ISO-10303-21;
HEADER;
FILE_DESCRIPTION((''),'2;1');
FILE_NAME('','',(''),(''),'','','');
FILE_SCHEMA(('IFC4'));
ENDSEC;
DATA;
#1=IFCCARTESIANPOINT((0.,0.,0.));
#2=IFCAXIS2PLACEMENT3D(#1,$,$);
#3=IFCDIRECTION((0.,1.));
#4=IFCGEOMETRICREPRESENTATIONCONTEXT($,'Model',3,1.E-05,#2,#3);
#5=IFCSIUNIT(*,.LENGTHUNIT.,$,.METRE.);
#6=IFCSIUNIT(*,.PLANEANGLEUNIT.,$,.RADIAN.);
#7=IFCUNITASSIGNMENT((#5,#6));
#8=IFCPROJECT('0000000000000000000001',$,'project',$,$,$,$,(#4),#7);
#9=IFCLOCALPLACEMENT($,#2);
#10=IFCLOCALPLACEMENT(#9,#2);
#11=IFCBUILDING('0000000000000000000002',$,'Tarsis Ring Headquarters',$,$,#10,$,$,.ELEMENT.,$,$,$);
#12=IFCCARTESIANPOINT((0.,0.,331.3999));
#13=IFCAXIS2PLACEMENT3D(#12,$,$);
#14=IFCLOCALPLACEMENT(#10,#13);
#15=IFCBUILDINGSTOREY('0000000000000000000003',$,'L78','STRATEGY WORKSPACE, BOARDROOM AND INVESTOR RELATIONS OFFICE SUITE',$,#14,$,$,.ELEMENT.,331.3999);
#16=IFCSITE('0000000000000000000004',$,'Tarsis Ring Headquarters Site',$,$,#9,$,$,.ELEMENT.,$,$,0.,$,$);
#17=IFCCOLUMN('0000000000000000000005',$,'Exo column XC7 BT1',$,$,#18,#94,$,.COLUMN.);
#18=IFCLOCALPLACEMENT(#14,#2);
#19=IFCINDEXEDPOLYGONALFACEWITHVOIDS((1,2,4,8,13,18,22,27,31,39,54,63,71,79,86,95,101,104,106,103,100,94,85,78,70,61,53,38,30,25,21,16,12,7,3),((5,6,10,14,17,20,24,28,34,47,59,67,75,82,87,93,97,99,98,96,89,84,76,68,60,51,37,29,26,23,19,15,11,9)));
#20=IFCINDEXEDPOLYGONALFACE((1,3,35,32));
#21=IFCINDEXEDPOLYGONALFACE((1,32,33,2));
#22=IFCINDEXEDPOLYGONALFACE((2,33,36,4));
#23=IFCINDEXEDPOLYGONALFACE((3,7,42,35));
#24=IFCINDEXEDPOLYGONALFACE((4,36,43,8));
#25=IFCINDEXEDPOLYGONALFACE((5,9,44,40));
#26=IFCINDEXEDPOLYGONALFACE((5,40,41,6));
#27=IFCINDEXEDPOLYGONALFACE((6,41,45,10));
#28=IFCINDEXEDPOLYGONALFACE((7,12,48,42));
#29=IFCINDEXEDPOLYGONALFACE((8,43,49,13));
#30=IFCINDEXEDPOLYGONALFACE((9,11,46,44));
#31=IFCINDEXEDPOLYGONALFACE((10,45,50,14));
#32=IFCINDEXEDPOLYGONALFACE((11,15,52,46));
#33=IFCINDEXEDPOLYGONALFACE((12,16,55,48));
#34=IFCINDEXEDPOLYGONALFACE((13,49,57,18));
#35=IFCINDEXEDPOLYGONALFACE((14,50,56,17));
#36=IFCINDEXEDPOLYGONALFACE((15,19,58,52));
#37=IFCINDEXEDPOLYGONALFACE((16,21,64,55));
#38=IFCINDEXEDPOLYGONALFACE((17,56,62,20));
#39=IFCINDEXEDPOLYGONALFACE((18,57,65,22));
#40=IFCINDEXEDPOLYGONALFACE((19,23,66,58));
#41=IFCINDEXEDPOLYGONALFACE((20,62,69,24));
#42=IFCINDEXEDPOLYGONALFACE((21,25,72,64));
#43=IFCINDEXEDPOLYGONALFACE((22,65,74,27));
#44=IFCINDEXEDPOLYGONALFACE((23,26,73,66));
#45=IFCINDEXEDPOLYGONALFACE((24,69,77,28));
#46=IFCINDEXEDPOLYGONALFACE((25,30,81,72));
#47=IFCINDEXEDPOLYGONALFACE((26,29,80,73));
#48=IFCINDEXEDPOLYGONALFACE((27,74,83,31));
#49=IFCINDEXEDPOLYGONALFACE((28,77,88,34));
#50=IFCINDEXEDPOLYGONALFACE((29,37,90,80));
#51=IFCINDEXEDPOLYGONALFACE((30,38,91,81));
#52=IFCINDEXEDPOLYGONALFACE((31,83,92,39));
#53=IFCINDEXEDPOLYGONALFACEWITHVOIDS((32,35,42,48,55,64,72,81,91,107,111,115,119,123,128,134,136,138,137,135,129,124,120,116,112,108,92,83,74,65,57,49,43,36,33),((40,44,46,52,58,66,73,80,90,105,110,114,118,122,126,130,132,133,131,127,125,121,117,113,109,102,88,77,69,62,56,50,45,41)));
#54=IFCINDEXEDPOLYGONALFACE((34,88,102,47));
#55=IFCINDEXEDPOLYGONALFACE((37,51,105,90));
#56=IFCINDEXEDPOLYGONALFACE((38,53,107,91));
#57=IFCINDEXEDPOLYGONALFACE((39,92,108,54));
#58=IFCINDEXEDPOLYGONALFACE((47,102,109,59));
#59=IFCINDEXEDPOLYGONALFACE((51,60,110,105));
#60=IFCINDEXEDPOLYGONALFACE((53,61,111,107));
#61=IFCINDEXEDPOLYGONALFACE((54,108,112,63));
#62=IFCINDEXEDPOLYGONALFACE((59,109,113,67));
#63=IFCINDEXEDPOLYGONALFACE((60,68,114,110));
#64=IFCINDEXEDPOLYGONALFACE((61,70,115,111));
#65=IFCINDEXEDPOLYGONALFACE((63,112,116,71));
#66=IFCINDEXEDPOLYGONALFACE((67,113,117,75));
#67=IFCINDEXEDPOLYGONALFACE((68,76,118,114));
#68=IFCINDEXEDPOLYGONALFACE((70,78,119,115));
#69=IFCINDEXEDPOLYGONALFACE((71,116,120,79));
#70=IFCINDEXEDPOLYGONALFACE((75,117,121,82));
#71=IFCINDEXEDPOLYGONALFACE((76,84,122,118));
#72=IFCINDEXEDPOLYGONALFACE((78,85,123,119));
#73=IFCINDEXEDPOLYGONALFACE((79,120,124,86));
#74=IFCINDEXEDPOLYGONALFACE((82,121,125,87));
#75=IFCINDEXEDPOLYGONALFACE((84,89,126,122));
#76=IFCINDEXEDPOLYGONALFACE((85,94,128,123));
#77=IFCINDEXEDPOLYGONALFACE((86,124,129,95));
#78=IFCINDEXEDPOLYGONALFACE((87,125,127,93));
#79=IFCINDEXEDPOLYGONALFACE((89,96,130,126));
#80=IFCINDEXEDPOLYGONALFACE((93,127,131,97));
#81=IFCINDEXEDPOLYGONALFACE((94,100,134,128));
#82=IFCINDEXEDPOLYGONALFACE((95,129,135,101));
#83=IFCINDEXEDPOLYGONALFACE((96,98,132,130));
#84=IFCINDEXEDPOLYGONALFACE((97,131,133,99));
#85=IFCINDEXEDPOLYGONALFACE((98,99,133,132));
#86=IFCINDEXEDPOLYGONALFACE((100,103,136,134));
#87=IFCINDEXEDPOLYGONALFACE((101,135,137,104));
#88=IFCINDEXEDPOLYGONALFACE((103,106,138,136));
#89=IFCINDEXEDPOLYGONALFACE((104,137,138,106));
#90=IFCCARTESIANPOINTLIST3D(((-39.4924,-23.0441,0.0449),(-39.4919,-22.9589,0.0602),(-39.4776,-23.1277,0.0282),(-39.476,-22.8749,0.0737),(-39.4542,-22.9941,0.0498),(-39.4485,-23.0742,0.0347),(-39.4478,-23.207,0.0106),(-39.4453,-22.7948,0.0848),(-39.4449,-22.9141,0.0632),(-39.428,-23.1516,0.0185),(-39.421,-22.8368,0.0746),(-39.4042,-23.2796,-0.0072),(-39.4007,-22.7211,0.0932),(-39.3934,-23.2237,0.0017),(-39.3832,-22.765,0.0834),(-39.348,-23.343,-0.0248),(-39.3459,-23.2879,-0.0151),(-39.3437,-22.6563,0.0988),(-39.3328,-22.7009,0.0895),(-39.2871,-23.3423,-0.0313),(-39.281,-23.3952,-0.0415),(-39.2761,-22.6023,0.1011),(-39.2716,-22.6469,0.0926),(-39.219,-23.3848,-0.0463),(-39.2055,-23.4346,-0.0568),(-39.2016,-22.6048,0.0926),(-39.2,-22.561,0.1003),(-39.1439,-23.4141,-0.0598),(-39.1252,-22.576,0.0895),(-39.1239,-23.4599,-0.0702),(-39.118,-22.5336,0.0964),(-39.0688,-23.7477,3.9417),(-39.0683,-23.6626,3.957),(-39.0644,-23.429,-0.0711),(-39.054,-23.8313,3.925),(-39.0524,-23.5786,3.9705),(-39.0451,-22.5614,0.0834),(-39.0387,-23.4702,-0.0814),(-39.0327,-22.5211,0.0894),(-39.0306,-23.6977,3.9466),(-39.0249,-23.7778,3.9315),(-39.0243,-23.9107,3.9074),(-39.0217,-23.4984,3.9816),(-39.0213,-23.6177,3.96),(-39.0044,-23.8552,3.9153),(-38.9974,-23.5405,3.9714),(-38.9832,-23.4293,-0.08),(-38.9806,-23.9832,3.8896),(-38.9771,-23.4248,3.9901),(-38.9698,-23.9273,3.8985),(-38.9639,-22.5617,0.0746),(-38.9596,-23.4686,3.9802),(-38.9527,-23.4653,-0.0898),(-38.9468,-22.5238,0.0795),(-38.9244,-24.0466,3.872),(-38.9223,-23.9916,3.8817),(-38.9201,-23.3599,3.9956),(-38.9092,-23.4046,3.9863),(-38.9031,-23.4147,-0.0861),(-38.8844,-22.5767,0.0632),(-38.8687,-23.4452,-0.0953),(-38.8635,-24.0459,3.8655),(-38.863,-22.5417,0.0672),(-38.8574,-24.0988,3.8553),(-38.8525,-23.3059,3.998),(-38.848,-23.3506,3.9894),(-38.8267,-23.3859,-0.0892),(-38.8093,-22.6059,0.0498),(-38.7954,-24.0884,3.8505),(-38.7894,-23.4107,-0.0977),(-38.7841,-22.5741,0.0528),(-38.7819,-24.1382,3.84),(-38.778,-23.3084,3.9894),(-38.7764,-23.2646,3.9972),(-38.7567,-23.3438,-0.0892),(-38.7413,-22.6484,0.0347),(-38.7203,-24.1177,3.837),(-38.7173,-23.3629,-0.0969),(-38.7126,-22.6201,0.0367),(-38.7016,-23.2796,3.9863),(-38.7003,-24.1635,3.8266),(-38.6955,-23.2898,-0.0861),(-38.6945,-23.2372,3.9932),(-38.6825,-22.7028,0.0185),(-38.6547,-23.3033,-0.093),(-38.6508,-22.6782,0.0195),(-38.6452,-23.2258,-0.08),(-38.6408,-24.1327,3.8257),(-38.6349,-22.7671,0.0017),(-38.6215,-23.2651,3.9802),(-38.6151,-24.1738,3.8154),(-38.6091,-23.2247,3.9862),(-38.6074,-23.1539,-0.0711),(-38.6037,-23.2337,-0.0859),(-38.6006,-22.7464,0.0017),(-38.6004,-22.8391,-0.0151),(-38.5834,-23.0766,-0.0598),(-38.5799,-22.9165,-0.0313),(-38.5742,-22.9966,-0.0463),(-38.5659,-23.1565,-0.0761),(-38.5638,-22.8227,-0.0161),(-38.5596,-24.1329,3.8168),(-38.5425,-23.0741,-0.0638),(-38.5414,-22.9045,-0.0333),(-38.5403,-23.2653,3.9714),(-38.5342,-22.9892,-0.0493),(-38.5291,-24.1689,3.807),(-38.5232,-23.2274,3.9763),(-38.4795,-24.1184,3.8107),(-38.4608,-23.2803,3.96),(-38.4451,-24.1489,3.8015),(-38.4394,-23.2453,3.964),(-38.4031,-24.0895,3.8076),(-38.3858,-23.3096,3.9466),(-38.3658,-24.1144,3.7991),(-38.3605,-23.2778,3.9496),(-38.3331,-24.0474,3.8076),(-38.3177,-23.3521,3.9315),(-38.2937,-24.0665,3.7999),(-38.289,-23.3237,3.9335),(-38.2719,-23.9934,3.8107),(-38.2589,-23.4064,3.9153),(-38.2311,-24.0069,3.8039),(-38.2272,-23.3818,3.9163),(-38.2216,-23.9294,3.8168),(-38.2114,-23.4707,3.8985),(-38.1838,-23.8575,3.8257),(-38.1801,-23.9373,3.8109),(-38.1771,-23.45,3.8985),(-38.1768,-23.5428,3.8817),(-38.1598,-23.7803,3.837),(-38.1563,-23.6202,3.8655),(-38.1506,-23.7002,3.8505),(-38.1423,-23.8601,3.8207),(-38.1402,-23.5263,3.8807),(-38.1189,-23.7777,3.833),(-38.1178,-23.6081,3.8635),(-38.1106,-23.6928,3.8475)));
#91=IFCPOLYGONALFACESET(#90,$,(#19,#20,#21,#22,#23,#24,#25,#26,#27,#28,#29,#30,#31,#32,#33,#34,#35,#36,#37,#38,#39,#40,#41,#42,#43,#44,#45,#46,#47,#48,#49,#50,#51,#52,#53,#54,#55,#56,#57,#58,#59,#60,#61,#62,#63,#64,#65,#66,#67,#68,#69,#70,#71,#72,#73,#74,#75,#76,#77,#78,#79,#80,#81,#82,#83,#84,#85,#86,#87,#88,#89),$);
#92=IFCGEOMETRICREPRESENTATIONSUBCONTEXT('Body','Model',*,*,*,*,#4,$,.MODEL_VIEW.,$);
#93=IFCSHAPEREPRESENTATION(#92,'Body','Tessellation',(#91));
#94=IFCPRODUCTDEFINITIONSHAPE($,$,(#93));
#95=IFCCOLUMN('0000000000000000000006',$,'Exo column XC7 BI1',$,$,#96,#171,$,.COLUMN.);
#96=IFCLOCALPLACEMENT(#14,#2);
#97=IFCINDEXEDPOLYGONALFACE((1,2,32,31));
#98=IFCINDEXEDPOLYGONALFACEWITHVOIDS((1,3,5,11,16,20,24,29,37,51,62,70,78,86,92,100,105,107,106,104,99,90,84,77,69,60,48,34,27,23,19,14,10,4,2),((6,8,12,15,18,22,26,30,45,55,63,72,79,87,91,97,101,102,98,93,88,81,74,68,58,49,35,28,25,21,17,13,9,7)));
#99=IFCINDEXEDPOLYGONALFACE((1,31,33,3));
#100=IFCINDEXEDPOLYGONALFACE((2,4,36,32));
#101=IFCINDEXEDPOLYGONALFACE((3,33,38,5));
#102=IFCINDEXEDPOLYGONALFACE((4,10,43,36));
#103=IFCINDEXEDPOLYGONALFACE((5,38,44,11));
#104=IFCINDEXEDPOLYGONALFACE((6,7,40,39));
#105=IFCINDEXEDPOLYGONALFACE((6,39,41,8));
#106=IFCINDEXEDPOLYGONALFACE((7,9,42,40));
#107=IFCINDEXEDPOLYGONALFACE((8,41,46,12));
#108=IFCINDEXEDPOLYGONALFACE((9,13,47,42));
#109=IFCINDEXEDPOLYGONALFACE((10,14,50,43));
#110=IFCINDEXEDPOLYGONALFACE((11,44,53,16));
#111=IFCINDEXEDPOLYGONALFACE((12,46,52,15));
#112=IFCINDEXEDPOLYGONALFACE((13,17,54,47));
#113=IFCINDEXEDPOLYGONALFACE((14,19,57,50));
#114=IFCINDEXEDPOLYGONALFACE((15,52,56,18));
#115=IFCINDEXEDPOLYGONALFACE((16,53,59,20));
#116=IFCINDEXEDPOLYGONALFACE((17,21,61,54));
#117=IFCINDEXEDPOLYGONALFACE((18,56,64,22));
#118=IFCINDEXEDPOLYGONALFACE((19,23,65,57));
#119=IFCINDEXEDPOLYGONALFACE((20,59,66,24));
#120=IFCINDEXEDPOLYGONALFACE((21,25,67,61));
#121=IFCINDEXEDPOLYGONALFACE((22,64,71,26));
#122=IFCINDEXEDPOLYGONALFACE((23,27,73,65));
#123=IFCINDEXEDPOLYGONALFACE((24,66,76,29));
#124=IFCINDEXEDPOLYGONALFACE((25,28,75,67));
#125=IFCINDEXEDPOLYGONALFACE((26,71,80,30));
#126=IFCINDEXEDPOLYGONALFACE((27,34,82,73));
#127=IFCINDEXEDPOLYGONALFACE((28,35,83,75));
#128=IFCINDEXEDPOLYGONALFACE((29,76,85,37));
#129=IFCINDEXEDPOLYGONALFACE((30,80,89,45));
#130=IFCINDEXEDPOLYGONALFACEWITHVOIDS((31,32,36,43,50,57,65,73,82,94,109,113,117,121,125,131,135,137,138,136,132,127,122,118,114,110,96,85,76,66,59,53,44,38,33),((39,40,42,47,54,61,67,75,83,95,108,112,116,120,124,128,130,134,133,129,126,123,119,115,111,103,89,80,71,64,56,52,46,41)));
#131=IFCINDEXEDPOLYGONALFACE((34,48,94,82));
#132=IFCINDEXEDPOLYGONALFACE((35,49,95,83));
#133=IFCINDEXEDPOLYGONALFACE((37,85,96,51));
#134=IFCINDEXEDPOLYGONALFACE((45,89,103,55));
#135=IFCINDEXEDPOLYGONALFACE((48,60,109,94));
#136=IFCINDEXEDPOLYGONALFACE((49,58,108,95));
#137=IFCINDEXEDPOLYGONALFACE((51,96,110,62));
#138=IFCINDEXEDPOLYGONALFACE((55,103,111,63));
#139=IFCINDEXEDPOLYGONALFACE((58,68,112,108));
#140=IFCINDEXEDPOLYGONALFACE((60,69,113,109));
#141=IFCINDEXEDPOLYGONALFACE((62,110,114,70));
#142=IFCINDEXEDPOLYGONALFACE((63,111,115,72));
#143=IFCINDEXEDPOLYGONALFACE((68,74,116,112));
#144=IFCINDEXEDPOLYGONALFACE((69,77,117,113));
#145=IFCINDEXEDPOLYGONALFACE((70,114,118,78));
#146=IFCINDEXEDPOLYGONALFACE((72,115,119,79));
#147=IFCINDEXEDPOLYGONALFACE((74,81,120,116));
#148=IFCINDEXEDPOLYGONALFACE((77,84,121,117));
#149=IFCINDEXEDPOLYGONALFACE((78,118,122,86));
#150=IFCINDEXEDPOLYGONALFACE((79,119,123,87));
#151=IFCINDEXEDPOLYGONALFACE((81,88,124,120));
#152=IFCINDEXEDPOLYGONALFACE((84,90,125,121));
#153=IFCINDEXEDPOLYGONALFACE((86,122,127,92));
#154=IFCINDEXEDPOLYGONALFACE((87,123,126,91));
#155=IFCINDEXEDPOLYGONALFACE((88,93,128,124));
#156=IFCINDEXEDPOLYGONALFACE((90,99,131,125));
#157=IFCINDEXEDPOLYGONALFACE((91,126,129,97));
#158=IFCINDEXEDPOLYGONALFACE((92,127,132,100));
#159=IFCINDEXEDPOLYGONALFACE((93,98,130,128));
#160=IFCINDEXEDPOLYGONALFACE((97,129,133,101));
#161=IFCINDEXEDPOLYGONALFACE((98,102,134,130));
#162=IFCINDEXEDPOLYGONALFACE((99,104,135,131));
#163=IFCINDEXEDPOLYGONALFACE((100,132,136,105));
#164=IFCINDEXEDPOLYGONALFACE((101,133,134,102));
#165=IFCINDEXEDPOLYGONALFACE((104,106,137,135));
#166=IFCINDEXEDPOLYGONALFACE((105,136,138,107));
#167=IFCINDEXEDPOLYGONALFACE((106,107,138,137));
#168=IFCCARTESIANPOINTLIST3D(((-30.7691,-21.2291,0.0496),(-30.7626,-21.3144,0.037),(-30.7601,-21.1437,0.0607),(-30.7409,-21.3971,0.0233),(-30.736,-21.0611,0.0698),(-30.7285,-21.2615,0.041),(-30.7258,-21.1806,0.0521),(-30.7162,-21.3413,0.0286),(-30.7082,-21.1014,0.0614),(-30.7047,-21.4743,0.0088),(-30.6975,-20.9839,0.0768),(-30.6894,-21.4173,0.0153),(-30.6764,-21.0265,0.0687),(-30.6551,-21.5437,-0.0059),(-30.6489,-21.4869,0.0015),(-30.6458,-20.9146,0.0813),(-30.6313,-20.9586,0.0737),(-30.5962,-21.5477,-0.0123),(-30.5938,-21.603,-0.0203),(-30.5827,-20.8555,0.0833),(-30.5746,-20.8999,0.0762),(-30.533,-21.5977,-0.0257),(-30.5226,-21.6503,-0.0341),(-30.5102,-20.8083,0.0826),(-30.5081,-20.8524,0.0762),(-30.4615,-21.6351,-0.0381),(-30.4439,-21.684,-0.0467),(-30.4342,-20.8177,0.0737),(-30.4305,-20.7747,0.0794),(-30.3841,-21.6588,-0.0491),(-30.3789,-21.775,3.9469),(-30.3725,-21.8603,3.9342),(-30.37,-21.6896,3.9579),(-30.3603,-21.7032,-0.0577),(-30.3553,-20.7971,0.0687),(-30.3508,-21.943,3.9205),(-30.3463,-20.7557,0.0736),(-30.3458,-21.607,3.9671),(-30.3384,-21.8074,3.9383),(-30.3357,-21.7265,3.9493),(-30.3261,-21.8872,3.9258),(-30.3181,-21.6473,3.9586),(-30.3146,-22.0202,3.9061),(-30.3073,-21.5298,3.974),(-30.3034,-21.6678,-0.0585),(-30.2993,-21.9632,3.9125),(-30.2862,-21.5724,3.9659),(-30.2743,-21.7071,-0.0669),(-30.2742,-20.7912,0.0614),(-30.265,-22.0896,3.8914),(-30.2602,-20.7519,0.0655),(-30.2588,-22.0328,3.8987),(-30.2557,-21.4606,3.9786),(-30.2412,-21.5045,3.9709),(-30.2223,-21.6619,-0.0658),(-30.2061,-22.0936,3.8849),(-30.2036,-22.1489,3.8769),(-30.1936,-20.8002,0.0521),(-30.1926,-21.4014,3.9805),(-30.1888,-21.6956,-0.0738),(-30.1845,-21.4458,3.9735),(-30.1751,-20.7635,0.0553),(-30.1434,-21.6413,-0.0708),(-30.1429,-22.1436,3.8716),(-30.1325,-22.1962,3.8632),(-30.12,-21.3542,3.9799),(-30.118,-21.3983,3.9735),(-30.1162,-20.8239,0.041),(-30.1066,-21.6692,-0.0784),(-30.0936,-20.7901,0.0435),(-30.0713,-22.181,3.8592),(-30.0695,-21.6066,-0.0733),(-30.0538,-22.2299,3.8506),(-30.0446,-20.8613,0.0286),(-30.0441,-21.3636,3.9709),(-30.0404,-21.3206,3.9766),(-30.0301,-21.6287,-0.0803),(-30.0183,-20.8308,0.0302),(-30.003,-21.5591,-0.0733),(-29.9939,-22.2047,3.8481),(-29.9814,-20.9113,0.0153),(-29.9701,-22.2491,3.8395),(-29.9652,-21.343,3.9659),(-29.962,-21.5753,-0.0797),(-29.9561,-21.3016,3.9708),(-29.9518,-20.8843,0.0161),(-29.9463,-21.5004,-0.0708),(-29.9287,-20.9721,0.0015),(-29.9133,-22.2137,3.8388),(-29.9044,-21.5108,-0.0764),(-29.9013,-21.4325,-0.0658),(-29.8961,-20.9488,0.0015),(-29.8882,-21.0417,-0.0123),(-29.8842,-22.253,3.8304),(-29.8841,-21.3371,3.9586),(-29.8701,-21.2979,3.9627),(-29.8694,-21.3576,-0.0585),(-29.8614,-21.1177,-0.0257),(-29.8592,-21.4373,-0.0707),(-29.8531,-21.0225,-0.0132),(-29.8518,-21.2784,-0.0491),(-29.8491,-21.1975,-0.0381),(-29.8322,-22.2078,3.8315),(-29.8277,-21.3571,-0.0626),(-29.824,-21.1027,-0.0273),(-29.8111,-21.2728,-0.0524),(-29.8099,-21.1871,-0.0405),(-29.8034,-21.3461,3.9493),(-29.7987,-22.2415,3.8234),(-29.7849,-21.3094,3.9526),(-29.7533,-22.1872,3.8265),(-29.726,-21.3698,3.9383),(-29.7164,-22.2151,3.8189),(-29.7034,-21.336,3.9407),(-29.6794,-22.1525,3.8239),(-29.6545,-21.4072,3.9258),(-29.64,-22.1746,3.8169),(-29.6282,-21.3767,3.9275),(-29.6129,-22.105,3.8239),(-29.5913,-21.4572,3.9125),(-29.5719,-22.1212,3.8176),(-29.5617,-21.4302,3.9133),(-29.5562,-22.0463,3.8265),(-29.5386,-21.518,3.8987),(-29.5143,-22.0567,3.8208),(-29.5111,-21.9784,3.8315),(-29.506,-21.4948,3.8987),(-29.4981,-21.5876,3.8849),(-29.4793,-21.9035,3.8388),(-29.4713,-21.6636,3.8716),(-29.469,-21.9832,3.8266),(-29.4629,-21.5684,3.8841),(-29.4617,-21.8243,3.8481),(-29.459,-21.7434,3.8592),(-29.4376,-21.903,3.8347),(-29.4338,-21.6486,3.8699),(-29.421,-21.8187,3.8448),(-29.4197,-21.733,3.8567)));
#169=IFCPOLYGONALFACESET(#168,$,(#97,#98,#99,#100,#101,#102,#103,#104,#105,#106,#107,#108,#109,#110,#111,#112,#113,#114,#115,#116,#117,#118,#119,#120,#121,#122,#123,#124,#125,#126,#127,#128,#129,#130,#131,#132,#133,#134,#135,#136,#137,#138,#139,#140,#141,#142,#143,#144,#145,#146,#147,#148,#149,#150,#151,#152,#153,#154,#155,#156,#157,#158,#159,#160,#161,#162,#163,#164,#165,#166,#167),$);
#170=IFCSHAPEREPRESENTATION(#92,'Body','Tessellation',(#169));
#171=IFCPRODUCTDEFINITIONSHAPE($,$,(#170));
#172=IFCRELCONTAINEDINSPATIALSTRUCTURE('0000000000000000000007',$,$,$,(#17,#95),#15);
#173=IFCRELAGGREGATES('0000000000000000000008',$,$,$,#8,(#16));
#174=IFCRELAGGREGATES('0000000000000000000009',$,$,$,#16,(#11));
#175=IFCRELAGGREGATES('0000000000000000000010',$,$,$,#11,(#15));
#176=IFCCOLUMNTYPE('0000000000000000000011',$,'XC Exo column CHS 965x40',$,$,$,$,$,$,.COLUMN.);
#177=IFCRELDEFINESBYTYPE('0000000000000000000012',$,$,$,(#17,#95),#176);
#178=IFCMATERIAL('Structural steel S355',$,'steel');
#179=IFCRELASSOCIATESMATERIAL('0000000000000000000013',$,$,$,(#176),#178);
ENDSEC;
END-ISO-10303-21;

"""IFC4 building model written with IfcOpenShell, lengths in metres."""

from ifc_helpers import new_model, si_unit, direction, frame, origin, origin_2d, place, context, subcontext, project, spatial, hollow_circle, extrude, material, material_profile, profile_set, type_object, element, save


model = new_model("IFC4")

# Units and contexts
model_context = context("Model", 3, precision=1e-05, world=origin(), true_north=direction((0.0, 1.0)))
body_context = subcontext(model_context, "Body", "Model", "MODEL_VIEW")
ifc_project = project(units=[si_unit("LENGTHUNIT", "METRE"), si_unit("PLANEANGLEUNIT", "RADIAN")], contexts=[model_context])

# Site, building, storey
site_placement = place(None, origin())
site = spatial("IfcSite", under=ifc_project, at=site_placement, Name="Tarsis Ring Headquarters Site", CompositionType="ELEMENT", RefElevation=0.0)
building_placement = place(site_placement, origin())
building = spatial("IfcBuilding", under=site, at=building_placement, Name="Tarsis Ring Headquarters", CompositionType="ELEMENT")
storey_placement = place(building_placement, frame((0.0, 0.0, 331.3999)))
storey = spatial("IfcBuildingStorey", under=building, at=storey_placement, Name="L78", Description="STRATEGY WORKSPACE, BOARDROOM AND INVESTOR RELATIONS OFFICE SUITE", CompositionType="ELEMENT", Elevation=331.3999)

# Columns
ifc_material_1 = material(Name="Structural steel S355", Category="steel")
ifc_material_profile_1 = material_profile(ifc_material_1, hollow_circle(Radius=0.4827, WallThickness=0.04, at=origin_2d()), Name="CHS 965x40")
ifc_profile_set_1 = profile_set([ifc_material_profile_1], Name="Structural steel S355")
column_type = type_object("IfcColumnType", Name="XC Exo column CHS 965x40", PredefinedType="COLUMN", material=ifc_profile_set_1)
column_1_placement = place(storey_placement, frame((-39.0142, -22.9954, 0.0017), z_axis=(0.106366, -0.176684, 0.978504), x_axis=(0.856731, 0.515763, 0.0)))
element("IfcColumn", 1, at=column_1_placement, inside=storey, type_object=column_type, Name="Exo column XC7 BT1", PredefinedType="COLUMN", context=body_context, shape_type="SweptSolid", body=[
    extrude(hollow_circle(Radius=0.4827, WallThickness=0.04, at=origin_2d()), origin(), (0.0, 0.0, 1.0), 3.9824),
])
column_2_placement = place(storey_placement, frame((-30.2888, -21.2295, 0.0015), z_axis=(0.098655, -0.138043, 0.985501), x_axis=(0.813586, 0.581445, 0.0)))
element("IfcColumn", 2, at=column_2_placement, inside=storey, type_object=column_type, Name="Exo column XC7 BI1", PredefinedType="COLUMN", context=body_context, shape_type="SweptSolid", body=[
    extrude(hollow_circle(Radius=0.4827, WallThickness=0.04, at=origin_2d()), origin(), (0.0, 0.0, 1.0), 3.9546),
])

save(model, "model.ifc")
